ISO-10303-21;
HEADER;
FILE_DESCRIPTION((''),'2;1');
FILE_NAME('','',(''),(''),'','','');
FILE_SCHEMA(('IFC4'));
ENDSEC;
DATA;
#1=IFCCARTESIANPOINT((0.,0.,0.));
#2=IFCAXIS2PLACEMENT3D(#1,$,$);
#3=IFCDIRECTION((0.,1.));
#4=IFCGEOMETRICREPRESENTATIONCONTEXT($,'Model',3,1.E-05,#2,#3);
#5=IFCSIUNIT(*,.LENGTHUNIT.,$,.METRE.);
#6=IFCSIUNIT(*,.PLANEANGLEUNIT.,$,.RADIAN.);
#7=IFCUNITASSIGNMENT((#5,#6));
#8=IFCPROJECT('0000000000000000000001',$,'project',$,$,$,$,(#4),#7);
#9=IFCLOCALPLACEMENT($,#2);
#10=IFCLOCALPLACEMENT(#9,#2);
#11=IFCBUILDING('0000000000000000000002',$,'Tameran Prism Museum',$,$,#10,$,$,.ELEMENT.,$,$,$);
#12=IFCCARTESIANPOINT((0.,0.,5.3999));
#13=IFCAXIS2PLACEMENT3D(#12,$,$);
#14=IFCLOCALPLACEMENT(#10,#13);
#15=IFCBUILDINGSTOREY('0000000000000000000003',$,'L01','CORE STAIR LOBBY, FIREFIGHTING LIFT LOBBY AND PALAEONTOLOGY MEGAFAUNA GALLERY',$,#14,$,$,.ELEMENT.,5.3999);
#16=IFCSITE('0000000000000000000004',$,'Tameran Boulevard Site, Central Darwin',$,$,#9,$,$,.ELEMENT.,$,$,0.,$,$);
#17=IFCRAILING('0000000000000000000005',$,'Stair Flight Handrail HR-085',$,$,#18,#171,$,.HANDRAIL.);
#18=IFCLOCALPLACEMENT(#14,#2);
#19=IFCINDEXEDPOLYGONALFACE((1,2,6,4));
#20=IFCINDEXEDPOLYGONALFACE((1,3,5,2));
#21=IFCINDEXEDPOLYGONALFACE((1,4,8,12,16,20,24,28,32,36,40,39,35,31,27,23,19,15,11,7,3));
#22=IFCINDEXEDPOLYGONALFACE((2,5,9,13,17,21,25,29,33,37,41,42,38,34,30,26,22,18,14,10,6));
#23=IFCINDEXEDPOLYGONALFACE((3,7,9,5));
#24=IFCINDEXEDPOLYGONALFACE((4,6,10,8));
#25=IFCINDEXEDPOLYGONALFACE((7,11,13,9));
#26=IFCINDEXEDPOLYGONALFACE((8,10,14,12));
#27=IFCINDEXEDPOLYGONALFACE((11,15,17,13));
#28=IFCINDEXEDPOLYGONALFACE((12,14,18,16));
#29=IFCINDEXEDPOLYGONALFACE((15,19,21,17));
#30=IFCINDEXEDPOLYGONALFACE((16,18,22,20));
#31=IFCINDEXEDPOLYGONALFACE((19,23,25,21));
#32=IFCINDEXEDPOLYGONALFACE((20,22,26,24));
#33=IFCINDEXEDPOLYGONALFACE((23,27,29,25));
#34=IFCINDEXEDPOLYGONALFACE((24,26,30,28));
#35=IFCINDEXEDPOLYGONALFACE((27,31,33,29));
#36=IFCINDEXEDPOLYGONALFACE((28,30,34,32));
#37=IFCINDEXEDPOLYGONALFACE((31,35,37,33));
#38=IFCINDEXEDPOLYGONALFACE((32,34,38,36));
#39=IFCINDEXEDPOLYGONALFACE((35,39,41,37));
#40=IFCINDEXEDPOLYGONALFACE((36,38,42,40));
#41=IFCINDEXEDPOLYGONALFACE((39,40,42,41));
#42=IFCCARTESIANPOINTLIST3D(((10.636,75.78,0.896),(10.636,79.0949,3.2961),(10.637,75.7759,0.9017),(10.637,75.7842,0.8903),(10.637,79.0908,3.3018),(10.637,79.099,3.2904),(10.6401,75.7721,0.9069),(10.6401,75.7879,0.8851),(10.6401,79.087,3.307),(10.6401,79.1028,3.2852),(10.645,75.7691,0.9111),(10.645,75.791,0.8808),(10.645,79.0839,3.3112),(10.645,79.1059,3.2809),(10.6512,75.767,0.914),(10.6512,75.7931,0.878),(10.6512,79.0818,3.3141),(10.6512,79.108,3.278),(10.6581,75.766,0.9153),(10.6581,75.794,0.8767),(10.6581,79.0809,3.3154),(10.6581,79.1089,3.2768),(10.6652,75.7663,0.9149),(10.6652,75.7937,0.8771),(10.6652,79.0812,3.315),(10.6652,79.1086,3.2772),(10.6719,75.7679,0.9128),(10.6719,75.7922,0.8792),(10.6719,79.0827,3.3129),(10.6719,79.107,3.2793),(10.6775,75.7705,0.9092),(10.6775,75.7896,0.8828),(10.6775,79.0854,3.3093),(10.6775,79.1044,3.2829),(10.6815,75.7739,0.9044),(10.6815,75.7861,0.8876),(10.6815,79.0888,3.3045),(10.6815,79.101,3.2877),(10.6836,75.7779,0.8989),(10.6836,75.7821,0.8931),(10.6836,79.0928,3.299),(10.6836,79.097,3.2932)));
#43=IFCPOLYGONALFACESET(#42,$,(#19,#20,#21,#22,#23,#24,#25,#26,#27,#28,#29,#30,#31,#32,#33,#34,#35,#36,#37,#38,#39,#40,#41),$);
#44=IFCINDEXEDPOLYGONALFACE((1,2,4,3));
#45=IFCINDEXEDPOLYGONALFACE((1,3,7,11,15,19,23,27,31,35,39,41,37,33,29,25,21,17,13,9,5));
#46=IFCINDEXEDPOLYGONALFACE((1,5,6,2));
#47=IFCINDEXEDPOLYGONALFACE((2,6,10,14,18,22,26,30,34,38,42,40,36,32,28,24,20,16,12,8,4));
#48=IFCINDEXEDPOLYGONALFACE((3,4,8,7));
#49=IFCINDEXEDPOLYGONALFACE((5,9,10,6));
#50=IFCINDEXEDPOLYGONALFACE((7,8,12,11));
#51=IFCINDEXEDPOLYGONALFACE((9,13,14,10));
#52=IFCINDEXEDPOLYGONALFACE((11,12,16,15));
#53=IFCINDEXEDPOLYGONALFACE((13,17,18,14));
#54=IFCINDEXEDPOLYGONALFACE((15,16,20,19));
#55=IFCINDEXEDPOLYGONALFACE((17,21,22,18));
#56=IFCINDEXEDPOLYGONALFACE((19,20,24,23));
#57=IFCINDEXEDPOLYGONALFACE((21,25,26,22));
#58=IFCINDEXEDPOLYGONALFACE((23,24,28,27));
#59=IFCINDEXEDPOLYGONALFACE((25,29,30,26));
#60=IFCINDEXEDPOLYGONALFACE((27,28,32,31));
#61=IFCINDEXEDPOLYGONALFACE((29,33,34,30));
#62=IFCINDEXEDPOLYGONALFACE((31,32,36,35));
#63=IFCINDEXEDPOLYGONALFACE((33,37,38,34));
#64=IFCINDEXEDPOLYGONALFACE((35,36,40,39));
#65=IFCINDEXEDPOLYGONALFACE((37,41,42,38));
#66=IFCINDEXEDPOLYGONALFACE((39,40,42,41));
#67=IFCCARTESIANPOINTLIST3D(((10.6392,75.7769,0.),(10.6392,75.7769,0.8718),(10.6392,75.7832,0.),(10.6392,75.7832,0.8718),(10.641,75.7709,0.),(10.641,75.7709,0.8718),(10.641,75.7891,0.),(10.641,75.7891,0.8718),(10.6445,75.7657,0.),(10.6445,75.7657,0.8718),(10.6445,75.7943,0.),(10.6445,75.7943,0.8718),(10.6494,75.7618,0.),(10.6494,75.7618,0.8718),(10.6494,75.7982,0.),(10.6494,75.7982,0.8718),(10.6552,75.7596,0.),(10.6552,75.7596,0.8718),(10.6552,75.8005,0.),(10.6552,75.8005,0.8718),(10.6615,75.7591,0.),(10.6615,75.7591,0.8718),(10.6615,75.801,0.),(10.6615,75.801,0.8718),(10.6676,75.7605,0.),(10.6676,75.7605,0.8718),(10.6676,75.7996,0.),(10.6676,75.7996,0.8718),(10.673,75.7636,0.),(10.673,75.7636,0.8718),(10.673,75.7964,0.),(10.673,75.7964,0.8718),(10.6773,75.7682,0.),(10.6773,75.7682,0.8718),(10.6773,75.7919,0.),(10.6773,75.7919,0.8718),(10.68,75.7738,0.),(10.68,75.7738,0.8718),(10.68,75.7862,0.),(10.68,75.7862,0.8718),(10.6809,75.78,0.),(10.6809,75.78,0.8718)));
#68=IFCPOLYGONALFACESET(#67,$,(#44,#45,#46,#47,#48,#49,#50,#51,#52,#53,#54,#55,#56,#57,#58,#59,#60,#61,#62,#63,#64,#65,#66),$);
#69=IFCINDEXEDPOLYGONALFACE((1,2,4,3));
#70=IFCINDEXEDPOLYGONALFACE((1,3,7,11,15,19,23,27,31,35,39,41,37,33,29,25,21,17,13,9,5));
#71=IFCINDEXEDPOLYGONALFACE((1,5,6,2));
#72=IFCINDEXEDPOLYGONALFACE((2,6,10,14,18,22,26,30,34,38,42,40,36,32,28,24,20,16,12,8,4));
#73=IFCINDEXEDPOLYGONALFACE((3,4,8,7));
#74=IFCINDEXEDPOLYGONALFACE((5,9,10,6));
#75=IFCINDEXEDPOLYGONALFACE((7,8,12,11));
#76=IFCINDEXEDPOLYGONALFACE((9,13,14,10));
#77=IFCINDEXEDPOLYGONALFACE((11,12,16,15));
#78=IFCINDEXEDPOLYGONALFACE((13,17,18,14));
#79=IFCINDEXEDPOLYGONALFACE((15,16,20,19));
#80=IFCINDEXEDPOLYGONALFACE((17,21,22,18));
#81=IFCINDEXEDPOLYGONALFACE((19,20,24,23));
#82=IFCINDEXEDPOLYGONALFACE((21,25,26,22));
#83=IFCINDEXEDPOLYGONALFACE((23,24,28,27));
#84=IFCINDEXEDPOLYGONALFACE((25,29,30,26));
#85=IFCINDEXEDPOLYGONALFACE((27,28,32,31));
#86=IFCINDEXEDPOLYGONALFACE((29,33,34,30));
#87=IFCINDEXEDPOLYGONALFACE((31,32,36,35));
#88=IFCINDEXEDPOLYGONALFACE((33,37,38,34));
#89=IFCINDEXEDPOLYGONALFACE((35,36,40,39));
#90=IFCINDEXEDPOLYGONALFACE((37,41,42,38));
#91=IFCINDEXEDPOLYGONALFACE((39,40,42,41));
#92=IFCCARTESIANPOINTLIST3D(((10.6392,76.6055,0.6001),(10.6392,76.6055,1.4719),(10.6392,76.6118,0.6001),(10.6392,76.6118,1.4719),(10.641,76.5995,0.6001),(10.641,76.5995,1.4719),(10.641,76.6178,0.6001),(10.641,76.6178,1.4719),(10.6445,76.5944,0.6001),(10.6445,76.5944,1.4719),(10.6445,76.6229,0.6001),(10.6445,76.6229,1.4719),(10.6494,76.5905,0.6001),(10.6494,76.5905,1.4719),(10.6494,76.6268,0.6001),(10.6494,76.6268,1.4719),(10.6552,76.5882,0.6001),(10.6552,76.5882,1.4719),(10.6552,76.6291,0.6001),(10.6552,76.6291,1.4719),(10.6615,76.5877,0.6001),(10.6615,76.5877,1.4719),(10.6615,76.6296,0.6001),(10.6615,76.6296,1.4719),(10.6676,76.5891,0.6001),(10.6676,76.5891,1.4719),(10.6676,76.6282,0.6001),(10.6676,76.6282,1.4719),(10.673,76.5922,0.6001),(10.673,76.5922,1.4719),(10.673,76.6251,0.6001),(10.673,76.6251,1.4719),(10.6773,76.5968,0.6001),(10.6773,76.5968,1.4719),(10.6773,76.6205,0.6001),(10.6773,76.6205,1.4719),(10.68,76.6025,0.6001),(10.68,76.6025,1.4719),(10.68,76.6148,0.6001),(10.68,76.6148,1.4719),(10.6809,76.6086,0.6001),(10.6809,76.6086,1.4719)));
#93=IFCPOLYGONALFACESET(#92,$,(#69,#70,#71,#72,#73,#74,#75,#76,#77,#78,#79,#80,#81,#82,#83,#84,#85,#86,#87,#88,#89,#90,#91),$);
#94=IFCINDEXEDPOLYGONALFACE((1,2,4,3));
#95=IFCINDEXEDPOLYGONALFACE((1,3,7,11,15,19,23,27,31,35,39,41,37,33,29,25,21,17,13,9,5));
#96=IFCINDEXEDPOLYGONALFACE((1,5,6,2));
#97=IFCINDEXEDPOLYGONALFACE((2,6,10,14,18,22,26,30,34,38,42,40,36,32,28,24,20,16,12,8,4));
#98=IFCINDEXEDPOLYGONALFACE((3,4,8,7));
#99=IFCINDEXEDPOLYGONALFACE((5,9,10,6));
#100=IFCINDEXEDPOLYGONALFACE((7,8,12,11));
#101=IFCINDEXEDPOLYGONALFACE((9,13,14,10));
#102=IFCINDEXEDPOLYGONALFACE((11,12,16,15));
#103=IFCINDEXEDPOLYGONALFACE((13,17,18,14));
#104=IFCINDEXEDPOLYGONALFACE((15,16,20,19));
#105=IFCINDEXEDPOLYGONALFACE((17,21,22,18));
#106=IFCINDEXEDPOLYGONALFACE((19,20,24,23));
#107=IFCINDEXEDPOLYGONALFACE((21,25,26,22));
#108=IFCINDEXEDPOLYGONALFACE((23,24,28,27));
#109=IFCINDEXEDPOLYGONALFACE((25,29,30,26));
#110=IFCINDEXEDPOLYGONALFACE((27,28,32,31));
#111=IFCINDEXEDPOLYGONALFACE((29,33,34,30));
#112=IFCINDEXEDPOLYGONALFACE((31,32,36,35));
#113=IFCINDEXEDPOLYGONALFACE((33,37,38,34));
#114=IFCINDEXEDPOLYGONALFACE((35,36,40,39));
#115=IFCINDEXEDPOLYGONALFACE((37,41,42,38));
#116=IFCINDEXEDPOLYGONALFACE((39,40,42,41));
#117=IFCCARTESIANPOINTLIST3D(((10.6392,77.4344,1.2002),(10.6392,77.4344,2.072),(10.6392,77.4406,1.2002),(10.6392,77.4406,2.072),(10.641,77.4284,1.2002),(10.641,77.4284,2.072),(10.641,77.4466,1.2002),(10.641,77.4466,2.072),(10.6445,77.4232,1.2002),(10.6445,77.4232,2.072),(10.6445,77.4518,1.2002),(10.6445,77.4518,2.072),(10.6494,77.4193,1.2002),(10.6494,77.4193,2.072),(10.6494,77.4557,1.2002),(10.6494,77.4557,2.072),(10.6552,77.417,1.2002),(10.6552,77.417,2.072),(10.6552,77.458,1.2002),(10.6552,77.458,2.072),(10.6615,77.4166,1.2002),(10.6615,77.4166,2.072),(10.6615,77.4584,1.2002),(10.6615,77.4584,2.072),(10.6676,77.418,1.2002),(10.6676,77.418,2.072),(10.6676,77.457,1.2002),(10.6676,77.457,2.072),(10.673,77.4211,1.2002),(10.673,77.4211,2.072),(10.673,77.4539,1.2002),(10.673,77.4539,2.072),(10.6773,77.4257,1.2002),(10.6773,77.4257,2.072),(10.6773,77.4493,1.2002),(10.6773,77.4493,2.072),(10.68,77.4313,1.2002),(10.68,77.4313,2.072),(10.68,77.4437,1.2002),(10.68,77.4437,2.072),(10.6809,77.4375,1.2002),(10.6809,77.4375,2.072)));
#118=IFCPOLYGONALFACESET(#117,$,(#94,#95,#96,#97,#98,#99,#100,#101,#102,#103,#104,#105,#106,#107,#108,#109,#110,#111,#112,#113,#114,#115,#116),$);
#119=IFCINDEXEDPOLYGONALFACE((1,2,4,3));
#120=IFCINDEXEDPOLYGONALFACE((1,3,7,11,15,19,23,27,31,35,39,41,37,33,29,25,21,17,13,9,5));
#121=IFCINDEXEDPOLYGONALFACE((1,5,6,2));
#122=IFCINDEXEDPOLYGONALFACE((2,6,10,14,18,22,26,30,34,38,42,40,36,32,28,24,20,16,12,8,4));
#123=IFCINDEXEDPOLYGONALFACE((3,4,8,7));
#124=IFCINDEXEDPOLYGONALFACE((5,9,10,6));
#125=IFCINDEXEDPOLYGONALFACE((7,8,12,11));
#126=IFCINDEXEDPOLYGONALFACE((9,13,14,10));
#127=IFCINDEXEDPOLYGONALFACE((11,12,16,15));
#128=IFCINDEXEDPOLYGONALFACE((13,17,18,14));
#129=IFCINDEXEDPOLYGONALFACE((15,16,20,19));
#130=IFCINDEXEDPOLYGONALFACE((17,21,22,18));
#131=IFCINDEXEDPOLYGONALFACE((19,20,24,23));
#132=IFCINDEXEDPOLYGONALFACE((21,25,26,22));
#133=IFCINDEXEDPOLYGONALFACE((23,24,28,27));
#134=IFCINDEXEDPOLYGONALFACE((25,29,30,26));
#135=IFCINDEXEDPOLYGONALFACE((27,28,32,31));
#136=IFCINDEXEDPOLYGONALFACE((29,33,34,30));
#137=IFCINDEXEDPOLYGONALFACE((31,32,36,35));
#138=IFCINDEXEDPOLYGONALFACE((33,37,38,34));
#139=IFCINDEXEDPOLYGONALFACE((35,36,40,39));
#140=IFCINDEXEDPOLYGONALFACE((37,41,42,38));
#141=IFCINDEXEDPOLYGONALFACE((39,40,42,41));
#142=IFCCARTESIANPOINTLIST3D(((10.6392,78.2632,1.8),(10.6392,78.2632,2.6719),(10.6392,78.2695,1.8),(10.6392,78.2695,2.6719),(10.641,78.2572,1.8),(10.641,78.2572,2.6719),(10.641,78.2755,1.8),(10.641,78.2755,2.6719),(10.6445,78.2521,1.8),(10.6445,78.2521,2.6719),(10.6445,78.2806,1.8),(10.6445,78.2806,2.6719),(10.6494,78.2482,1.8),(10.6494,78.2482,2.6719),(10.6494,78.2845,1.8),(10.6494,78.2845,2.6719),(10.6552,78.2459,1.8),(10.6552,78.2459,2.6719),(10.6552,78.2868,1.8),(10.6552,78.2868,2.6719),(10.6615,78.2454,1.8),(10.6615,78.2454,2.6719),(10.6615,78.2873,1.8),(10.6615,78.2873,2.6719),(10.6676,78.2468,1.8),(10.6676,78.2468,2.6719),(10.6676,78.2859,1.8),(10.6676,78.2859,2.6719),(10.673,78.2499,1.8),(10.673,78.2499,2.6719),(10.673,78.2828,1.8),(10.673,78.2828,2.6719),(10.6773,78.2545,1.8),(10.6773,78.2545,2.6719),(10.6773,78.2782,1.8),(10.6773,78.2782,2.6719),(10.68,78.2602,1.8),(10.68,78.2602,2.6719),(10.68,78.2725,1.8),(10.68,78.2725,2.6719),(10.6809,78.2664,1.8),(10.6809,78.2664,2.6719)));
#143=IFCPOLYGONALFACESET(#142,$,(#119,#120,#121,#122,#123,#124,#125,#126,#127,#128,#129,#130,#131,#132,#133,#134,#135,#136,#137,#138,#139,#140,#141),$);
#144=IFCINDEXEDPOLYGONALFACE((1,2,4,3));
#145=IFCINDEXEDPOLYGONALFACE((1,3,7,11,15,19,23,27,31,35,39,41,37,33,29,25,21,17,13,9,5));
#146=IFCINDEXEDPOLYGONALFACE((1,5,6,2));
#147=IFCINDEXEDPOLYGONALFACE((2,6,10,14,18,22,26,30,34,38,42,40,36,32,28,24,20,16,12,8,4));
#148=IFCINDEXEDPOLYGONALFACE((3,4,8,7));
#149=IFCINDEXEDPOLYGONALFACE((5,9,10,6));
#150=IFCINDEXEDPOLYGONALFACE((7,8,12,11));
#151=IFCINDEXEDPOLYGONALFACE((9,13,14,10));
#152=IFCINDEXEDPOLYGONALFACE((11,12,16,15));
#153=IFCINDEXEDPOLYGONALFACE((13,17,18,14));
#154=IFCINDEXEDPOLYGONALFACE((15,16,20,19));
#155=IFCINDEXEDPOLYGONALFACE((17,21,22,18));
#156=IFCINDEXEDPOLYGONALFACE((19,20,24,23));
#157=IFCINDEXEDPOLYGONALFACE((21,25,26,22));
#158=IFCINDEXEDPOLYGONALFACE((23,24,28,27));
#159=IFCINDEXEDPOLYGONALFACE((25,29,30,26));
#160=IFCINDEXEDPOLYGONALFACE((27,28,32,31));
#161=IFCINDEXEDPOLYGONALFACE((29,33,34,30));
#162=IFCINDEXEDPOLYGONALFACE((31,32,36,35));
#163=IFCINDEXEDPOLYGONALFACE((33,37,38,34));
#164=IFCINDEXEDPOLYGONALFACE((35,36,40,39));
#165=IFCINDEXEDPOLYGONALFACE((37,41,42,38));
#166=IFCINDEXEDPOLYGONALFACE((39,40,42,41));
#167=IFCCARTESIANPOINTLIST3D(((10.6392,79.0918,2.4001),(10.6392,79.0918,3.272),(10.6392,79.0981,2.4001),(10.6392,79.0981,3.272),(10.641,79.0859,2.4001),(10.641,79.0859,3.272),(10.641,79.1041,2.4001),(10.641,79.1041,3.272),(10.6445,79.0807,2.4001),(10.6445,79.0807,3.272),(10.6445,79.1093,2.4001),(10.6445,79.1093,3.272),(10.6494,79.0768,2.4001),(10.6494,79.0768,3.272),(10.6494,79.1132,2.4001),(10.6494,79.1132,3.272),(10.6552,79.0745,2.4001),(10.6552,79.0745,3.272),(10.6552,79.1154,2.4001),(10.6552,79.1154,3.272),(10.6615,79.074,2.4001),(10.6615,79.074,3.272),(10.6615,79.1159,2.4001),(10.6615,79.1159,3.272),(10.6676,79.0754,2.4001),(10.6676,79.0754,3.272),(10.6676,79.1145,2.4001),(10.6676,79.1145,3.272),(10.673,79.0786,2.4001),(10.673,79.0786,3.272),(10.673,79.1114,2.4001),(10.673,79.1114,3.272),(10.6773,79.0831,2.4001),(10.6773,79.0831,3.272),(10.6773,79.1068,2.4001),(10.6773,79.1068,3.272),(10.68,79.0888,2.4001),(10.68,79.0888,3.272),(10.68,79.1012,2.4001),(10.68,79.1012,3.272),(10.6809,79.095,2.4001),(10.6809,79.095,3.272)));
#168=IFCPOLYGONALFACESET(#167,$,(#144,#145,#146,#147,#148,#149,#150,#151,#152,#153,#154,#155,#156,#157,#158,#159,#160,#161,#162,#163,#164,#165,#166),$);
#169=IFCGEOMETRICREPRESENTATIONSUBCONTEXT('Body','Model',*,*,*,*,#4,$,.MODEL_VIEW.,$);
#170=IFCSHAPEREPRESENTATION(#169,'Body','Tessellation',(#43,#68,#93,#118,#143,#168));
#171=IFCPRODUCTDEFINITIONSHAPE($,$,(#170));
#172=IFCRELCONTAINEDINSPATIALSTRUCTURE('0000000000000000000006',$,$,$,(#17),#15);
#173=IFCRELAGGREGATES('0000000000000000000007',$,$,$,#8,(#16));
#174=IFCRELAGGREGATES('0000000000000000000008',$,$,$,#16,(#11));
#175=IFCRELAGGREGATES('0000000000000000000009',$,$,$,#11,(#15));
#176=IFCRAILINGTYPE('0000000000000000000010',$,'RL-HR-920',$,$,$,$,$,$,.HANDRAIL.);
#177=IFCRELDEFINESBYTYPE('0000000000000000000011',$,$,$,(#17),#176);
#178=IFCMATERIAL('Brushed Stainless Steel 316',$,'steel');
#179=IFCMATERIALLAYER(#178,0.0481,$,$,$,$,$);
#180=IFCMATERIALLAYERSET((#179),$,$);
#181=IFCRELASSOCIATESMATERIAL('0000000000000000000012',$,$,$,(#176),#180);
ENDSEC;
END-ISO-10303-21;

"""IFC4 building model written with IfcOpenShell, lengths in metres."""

from ifc_helpers import new_model, si_unit, direction, frame, origin, origin_2d, place, context, subcontext, project, spatial, circle, extrude, material, layer, layer_set, type_object, element, save


model = new_model("IFC4")

# Units and contexts
model_context = context("Model", 3, precision=1e-05, world=origin(), true_north=direction((0.0, 1.0)))
body_context = subcontext(model_context, "Body", "Model", "MODEL_VIEW")
ifc_project = project(units=[si_unit("LENGTHUNIT", "METRE"), si_unit("PLANEANGLEUNIT", "RADIAN")], contexts=[model_context])

# Site, building, storey
site_placement = place(None, origin())
site = spatial("IfcSite", under=ifc_project, at=site_placement, Name="Tameran Boulevard Site, Central Darwin", CompositionType="ELEMENT", RefElevation=0.0)
building_placement = place(site_placement, origin())
building = spatial("IfcBuilding", under=site, at=building_placement, Name="Tameran Prism Museum", CompositionType="ELEMENT")
storey_placement = place(building_placement, frame((0.0, 0.0, 5.3999)))
storey = spatial("IfcBuildingStorey", under=building, at=storey_placement, Name="L01", Description="CORE STAIR LOBBY, FIREFIGHTING LIFT LOBBY AND PALAEONTOLOGY MEGAFAUNA GALLERY", CompositionType="ELEMENT", Elevation=5.3999)

# Railing
ifc_material_1 = material(Name="Brushed Stainless Steel 316", Category="steel")
ifc_layer_1 = layer(ifc_material_1, 0.0481)
ifc_layer_set_1 = layer_set([ifc_layer_1])
railing_type_1 = type_object("IfcRailingType", Name="RL-HR-920", PredefinedType="HANDRAIL", material=ifc_layer_set_1)
railing_1_placement = place(storey_placement, frame((10.6599, 75.78, 0.0)))
element("IfcRailing", 1, at=railing_1_placement, inside=storey, type_object=railing_type_1, Name="Stair Flight Handrail HR-085", PredefinedType="HANDRAIL", context=body_context, shape_type="SweptSolid", body=[
    extrude(circle(Radius=0.0239, at=origin_2d()), frame((0.0, 0.0, 0.896), z_axis=(0.0, 0.80998, 0.586457), x_axis=(-1.0, 0.0, 0.0)), (0.0, 0.0, 1.0), 4.0925),
    extrude(circle(Radius=0.021, at=origin_2d()), origin(), (0.0, 0.0, 1.0), 0.8718),
    extrude(circle(Radius=0.021, at=origin_2d()), frame((0.0, 0.8286, 0.6001)), (0.0, 0.0, 1.0), 0.8718),
    extrude(circle(Radius=0.021, at=origin_2d()), frame((0.0, 1.6575, 1.2002)), (0.0, 0.0, 1.0), 0.8718),
    extrude(circle(Radius=0.021, at=origin_2d()), frame((0.0, 2.4863, 1.8)), (0.0, 0.0, 1.0), 0.8718),
    extrude(circle(Radius=0.021, at=origin_2d()), frame((0.0, 3.3149, 2.4001)), (0.0, 0.0, 1.0), 0.8718),
])

save(model, "model.ifc")
